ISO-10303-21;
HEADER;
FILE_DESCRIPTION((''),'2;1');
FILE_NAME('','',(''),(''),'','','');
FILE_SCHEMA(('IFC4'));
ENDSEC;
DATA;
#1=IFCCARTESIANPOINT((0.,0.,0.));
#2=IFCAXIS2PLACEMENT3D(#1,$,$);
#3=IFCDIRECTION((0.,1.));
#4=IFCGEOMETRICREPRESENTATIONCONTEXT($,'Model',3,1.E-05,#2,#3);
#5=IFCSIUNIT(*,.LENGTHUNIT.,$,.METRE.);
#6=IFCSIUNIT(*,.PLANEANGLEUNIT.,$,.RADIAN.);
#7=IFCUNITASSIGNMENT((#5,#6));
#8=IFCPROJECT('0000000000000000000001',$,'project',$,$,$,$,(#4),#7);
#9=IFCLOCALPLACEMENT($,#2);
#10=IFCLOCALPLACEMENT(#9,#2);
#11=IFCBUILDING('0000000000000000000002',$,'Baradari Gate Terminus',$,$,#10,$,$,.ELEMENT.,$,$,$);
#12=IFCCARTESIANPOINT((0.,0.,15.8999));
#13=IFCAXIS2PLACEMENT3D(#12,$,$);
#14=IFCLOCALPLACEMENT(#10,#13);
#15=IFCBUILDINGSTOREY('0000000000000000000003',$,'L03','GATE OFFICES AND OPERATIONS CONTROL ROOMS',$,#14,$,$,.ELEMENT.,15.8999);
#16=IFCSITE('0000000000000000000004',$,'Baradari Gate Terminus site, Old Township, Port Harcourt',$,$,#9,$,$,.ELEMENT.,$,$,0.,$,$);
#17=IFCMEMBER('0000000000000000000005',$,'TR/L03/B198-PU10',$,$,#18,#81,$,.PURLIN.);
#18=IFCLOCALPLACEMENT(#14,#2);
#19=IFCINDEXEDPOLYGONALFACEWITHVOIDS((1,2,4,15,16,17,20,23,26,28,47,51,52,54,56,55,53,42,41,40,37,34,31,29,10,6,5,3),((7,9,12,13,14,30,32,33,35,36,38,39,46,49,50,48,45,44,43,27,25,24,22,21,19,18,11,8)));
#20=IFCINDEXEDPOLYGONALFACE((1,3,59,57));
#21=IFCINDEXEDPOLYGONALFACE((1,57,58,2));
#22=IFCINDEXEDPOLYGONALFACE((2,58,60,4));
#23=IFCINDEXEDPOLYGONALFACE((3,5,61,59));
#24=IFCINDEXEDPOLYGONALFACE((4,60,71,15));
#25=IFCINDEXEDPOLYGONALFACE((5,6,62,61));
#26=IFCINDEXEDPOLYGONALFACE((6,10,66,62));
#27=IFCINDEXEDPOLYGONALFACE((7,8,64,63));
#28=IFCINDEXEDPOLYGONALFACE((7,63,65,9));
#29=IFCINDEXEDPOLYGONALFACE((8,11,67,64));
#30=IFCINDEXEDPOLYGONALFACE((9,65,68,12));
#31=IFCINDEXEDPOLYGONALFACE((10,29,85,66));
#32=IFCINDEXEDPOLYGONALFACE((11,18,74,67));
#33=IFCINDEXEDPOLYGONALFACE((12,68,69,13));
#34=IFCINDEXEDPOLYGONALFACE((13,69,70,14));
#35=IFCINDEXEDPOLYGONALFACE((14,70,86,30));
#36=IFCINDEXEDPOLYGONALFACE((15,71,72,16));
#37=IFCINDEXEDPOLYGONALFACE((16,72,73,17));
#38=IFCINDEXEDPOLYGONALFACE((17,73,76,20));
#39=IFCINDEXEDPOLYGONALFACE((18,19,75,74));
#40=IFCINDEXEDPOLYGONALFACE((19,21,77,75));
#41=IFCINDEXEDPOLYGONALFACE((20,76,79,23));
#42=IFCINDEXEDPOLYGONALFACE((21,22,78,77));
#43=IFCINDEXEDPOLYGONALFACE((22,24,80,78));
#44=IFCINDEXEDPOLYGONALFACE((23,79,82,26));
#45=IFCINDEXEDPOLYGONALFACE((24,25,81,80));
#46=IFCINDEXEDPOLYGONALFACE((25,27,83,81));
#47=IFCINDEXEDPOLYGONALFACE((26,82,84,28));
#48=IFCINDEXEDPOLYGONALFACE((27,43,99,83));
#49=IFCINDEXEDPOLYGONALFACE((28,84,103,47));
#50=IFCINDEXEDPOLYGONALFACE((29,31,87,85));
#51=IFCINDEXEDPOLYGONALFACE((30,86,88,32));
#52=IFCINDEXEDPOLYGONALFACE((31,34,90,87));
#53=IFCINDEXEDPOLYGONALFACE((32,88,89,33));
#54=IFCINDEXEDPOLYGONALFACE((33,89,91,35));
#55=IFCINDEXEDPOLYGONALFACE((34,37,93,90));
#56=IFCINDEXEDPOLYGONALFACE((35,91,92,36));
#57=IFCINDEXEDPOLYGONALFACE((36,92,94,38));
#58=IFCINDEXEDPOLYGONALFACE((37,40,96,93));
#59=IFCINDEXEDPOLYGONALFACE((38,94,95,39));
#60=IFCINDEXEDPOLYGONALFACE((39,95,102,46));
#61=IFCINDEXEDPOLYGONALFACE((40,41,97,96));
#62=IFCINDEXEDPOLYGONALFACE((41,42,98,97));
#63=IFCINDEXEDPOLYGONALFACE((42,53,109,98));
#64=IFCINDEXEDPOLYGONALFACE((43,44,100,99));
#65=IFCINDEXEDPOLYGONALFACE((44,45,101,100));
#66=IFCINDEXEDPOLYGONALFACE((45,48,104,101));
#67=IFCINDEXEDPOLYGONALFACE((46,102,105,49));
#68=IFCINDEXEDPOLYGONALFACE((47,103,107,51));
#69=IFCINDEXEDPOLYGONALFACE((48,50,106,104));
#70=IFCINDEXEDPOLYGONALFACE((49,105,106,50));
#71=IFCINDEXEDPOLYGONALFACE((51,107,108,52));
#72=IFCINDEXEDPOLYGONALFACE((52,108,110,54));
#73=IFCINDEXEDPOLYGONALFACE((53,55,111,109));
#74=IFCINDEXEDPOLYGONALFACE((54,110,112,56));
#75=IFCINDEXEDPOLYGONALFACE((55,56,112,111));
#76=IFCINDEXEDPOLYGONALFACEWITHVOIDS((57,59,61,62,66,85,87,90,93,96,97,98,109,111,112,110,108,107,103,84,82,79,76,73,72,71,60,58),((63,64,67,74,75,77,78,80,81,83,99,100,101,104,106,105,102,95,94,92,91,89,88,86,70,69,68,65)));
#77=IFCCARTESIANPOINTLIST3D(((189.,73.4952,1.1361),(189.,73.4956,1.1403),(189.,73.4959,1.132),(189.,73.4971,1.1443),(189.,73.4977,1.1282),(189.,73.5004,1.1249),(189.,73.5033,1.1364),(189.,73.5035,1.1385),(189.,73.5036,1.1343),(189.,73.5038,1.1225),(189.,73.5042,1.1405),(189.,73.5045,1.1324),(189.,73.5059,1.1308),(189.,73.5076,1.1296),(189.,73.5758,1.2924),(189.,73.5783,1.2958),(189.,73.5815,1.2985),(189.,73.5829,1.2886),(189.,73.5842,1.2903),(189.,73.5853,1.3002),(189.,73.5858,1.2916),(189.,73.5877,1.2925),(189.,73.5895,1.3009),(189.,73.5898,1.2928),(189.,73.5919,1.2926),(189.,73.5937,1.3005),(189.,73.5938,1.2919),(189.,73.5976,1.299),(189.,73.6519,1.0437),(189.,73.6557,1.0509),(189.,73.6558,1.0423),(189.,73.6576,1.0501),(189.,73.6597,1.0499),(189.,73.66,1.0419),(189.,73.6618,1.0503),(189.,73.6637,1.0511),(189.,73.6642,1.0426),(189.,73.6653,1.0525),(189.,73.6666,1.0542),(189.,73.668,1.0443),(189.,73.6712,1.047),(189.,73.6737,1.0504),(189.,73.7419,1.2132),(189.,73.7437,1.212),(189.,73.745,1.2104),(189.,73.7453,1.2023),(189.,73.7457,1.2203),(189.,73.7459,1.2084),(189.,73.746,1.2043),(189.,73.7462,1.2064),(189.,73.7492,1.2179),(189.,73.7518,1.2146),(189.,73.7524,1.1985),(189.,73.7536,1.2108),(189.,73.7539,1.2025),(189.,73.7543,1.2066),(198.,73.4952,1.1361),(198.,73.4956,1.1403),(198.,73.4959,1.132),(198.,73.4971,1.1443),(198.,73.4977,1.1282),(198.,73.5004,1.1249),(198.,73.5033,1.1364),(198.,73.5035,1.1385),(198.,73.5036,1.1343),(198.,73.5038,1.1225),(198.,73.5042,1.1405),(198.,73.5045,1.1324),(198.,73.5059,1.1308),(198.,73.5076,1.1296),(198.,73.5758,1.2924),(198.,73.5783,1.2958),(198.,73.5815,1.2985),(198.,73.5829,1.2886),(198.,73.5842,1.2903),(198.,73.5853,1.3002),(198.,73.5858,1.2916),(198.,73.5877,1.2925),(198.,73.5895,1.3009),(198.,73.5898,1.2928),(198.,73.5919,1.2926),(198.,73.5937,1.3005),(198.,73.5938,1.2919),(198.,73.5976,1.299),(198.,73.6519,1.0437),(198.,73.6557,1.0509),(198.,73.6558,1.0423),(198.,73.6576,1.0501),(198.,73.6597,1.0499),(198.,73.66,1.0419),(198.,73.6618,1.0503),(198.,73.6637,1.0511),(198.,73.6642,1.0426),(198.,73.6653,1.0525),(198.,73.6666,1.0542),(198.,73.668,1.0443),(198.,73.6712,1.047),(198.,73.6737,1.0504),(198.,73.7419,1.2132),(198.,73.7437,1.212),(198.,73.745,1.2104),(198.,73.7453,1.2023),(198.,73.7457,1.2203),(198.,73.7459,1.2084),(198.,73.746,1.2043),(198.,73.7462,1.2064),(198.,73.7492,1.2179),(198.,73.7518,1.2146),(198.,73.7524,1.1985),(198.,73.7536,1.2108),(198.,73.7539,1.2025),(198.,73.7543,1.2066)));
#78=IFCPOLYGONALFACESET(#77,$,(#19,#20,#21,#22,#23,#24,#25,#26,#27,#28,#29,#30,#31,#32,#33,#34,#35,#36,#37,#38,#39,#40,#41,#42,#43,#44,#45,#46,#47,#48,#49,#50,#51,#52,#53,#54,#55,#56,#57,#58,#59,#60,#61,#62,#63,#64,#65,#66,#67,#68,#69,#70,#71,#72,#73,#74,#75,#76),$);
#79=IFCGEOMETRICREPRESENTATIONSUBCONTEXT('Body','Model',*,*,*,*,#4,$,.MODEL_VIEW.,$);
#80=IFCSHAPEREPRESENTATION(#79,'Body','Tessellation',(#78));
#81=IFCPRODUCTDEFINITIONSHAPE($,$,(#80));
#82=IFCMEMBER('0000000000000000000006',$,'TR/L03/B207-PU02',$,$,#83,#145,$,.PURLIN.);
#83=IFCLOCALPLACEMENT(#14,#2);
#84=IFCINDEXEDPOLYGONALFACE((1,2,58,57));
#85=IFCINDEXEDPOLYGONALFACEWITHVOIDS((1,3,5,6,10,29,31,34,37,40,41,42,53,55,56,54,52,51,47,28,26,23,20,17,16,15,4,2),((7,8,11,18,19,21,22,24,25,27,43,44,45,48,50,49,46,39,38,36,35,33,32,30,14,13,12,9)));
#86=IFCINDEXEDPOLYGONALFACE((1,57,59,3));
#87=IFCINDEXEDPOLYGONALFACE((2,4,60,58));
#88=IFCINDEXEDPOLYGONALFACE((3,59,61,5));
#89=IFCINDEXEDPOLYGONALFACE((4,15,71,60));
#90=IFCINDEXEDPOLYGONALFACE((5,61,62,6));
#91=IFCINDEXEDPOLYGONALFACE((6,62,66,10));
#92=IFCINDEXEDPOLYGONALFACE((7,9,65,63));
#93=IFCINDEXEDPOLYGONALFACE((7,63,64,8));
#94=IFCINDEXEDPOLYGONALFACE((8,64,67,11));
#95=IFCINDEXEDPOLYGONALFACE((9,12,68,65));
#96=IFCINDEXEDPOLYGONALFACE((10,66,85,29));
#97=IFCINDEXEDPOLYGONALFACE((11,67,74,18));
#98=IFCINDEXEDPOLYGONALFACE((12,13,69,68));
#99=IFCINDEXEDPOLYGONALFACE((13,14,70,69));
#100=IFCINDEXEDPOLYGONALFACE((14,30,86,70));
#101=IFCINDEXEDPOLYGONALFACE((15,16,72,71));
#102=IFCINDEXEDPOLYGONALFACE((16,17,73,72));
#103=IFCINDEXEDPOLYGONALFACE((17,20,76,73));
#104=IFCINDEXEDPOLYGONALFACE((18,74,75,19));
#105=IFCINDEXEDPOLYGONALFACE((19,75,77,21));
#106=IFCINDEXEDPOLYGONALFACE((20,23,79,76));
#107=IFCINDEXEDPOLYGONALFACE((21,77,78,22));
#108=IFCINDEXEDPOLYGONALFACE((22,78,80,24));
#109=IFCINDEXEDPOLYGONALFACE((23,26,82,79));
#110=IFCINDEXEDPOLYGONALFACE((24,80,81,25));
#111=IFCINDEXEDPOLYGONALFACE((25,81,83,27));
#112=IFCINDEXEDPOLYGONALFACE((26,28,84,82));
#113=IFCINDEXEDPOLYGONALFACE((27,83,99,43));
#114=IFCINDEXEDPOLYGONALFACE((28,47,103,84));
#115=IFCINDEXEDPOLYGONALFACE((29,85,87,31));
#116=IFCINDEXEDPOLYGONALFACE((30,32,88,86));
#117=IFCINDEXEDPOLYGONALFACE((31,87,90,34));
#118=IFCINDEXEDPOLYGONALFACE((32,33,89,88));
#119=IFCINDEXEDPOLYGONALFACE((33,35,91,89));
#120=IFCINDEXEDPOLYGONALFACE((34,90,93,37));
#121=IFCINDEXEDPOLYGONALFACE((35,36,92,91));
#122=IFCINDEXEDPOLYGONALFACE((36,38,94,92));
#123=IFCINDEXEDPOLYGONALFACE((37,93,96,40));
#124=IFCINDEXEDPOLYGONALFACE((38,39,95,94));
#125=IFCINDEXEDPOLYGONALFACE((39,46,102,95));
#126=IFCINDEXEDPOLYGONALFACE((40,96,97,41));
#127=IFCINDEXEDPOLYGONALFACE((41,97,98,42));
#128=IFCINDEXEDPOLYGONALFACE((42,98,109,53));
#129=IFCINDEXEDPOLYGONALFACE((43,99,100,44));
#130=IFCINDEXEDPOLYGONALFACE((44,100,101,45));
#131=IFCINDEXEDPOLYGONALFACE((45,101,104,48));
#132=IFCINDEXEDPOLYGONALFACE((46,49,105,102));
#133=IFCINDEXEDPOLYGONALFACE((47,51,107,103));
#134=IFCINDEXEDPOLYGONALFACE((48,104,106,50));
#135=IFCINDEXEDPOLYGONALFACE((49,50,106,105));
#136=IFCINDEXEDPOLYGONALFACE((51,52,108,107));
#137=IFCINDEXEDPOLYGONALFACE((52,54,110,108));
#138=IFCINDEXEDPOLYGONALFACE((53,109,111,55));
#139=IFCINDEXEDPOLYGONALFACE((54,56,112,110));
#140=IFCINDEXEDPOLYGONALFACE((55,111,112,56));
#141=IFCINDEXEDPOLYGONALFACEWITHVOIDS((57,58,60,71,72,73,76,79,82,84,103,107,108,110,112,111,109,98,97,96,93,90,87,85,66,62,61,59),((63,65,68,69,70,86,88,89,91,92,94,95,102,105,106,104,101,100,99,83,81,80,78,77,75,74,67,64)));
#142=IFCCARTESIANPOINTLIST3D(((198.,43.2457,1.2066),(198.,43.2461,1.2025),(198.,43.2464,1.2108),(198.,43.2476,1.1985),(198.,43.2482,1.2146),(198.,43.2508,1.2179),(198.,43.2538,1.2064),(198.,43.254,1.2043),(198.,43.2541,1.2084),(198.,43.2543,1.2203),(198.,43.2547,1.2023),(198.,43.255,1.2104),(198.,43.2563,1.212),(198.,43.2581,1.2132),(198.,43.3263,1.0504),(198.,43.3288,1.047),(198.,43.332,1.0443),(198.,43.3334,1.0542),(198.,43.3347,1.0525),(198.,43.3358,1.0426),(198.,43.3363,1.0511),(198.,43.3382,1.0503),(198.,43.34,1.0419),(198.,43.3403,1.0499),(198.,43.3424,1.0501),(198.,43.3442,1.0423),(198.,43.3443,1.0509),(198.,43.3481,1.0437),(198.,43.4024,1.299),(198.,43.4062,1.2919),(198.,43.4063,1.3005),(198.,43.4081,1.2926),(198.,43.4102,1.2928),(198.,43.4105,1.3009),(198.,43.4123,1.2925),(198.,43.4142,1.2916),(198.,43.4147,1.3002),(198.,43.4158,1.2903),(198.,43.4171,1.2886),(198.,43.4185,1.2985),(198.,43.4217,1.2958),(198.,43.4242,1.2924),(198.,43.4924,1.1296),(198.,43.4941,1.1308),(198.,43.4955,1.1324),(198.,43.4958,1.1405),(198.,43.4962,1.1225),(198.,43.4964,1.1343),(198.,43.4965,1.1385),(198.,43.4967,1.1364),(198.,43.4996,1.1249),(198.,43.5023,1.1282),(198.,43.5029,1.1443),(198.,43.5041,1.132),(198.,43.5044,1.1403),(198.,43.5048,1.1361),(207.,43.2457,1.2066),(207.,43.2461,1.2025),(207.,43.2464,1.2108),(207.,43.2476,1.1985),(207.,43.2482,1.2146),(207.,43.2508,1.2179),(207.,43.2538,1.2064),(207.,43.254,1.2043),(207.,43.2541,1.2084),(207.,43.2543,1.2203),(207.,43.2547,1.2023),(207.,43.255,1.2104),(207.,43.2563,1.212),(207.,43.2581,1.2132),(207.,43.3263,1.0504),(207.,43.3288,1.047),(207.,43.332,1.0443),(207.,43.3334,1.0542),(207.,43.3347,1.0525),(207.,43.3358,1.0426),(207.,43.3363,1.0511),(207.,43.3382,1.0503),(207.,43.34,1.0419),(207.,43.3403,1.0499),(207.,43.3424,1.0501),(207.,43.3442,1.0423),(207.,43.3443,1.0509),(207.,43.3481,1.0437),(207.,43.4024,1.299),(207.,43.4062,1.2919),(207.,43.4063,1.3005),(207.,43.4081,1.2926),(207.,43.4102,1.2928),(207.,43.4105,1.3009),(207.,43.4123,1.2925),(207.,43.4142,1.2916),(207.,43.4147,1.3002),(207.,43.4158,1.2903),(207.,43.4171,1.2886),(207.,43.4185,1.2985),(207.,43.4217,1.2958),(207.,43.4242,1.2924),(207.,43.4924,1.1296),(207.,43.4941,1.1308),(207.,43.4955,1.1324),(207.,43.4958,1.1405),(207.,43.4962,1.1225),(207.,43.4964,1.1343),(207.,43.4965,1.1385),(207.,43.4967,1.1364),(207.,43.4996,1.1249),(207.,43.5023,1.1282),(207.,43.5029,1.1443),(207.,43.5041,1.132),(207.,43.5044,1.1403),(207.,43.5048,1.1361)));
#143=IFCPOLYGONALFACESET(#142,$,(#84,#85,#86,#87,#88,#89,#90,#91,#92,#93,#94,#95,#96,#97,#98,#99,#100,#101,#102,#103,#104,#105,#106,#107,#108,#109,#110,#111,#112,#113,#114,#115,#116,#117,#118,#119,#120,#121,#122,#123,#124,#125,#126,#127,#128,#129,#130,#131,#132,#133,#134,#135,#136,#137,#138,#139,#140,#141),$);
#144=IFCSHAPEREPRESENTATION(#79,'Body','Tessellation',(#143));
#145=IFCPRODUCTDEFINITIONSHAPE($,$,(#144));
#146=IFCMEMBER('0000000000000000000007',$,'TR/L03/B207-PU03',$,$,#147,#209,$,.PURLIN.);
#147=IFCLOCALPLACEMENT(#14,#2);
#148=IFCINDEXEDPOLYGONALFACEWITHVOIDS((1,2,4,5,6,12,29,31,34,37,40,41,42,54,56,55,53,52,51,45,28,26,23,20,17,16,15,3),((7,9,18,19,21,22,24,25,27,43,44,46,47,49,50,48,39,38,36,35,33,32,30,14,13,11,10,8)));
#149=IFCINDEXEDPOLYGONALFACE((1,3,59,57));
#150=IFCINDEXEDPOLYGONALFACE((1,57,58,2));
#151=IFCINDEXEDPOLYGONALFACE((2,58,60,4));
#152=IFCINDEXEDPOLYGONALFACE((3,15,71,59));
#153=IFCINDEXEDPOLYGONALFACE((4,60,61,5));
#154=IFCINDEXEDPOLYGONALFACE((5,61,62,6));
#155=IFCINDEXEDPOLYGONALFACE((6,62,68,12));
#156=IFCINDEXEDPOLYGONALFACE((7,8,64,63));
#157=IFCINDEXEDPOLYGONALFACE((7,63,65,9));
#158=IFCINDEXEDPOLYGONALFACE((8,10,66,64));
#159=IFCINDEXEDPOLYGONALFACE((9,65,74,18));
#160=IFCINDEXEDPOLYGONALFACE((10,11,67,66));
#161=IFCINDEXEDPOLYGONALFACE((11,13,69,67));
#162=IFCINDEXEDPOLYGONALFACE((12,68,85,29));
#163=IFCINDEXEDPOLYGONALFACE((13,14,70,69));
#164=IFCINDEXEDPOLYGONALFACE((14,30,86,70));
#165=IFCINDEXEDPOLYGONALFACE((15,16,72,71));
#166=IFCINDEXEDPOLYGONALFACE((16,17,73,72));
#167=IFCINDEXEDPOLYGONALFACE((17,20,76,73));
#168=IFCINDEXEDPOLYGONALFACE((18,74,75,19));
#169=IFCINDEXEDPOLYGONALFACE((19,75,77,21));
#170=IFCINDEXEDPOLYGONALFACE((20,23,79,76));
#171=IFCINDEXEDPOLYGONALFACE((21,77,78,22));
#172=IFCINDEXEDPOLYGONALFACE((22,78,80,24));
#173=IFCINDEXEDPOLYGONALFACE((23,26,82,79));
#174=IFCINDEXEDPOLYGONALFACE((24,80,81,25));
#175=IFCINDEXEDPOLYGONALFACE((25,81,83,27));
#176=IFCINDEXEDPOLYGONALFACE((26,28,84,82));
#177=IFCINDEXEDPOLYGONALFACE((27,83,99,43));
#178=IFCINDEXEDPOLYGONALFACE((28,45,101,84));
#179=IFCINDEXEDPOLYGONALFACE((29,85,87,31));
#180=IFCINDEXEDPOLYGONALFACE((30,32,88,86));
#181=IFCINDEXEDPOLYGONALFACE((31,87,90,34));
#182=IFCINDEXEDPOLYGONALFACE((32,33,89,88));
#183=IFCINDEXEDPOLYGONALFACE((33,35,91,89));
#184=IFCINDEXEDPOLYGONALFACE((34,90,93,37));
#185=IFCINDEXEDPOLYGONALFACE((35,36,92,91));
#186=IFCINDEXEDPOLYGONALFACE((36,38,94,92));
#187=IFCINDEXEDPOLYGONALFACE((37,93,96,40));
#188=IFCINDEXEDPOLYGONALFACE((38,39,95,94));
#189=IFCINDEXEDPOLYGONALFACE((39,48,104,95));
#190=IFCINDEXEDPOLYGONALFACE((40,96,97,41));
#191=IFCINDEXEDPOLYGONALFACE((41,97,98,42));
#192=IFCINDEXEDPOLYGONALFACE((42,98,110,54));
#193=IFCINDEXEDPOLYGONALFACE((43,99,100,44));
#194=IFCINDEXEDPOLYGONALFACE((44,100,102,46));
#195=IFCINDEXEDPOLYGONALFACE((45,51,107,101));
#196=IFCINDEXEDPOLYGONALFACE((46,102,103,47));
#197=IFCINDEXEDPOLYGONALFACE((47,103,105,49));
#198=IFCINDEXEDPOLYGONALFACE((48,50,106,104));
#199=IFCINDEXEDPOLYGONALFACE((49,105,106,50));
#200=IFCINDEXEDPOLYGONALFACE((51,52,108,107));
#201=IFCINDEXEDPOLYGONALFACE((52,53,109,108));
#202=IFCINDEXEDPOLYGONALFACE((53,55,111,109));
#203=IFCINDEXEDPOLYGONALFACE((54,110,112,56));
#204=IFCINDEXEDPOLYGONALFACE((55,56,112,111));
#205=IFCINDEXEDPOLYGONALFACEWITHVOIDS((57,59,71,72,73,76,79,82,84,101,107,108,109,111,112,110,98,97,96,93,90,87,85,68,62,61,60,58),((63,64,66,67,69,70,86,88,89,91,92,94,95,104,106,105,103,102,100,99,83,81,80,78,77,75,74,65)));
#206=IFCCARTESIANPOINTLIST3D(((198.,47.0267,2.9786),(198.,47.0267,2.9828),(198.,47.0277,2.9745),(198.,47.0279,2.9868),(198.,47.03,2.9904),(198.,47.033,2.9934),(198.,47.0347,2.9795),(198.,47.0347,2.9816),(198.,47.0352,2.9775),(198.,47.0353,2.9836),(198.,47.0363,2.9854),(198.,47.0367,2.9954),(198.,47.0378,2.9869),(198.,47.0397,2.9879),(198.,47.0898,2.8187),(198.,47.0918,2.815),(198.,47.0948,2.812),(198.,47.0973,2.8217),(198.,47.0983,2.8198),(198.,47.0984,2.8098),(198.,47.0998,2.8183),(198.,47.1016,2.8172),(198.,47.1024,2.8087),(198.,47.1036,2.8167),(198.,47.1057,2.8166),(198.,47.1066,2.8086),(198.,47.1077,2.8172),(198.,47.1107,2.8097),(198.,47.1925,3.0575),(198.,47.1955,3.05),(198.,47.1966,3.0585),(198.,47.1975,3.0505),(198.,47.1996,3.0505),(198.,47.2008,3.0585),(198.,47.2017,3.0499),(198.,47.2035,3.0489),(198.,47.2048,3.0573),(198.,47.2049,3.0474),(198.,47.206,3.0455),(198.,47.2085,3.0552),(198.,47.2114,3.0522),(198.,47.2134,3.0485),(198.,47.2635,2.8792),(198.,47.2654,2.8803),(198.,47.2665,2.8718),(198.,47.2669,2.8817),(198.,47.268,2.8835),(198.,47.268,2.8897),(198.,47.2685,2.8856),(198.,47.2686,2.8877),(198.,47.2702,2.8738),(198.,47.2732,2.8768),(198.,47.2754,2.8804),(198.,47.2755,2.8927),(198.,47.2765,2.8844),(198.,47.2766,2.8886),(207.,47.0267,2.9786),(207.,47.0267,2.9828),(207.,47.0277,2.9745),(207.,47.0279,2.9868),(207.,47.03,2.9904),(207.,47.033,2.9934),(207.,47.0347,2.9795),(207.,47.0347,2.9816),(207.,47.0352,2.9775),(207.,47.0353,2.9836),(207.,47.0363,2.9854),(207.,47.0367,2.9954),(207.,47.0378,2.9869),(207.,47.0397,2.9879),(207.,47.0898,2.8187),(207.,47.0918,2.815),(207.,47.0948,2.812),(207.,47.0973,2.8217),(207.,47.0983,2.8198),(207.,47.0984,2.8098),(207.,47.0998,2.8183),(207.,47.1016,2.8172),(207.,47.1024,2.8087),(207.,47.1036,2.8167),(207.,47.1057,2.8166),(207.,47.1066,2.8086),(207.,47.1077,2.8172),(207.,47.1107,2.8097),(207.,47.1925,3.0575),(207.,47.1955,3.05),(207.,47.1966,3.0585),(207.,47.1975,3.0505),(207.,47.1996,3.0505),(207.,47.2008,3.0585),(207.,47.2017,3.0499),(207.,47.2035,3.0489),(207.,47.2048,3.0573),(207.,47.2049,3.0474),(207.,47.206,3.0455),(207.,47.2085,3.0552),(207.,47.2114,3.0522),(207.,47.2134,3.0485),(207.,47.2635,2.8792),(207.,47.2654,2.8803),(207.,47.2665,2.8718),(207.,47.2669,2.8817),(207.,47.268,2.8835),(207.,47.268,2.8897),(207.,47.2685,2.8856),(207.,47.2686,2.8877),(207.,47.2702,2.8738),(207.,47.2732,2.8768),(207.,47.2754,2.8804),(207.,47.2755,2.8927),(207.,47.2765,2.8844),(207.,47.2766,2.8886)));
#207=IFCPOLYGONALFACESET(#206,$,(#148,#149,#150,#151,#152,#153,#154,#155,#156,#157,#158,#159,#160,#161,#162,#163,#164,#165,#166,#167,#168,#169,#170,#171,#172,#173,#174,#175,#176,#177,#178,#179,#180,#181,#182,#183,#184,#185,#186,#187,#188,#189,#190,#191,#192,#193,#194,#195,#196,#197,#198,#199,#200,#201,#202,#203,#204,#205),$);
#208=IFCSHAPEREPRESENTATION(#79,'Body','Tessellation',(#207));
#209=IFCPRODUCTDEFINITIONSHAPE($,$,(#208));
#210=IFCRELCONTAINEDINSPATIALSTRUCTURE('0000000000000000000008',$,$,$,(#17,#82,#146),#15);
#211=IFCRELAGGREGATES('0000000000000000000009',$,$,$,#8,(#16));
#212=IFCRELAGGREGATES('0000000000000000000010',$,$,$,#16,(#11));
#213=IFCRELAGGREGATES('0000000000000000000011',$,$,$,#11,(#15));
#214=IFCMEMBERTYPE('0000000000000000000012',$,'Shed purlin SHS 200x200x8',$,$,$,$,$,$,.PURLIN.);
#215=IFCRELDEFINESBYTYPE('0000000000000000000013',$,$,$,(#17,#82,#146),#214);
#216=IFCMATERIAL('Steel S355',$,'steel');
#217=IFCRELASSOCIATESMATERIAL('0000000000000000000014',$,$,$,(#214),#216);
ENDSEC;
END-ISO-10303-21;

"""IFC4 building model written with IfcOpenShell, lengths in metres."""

from ifc_helpers import new_model, si_unit, direction, frame, origin, origin_2d, place, context, subcontext, project, spatial, hollow_rectangle, extrude, material, material_profile, profile_set, type_object, element, save


model = new_model("IFC4")

# Units and contexts
model_context = context("Model", 3, precision=1e-05, world=origin(), true_north=direction((0.0, 1.0)))
body_context = subcontext(model_context, "Body", "Model", "MODEL_VIEW")
ifc_project = project(units=[si_unit("LENGTHUNIT", "METRE"), si_unit("PLANEANGLEUNIT", "RADIAN")], contexts=[model_context])

# Site, building, storey
site_placement = place(None, origin())
site = spatial("IfcSite", under=ifc_project, at=site_placement, Name="Baradari Gate Terminus site, Old Township, Port Harcourt", CompositionType="ELEMENT", RefElevation=0.0)
building_placement = place(site_placement, origin())
building = spatial("IfcBuilding", under=site, at=building_placement, Name="Baradari Gate Terminus", CompositionType="ELEMENT")
storey_placement = place(building_placement, frame((0.0, 0.0, 15.8999)))
storey = spatial("IfcBuildingStorey", under=building, at=storey_placement, Name="L03", Description="GATE OFFICES AND OPERATIONS CONTROL ROOMS", CompositionType="ELEMENT", Elevation=15.8999)

# Members
ifc_material_1 = material(Name="Steel S355", Category="steel")
ifc_material_profile_1 = material_profile(ifc_material_1, hollow_rectangle(XDim=0.2, YDim=0.2, WallThickness=0.0081, InnerFilletRadius=0.0081, OuterFilletRadius=0.0161, at=origin_2d()), Name="SHS 200x200x8")
ifc_profile_set_1 = profile_set([ifc_material_profile_1], Name="Steel S355")
member_type_1 = type_object("IfcMemberType", Name="Shed purlin SHS 200x200x8", PredefinedType="PURLIN", material=ifc_profile_set_1)
for number, where, z_axis, x_axis, name in (
    (1, (189.0, 73.6248, 1.1714), (1.0, 0.0, 0.0), (0.0, 0.883027, -0.469322), "TR/L03/B198-PU10"),
    (2, (198.0, 43.3752, 1.1714), (1.0, 0.0, 0.0), (0.0, 0.883027, 0.469322), "TR/L03/B207-PU02"),
    (3, (198.0, 47.1516, 2.9336), (1.0, 0.0, 0.0), (0.0, 0.928965, 0.370167), "TR/L03/B207-PU03"),
):
    element("IfcMember", number, at=place(storey_placement, frame(where, z_axis=z_axis, x_axis=x_axis)), inside=storey, type_object=member_type_1, Name=name, PredefinedType="PURLIN", context=body_context, shape_type="SweptSolid", body=[
        extrude(hollow_rectangle(XDim=0.2, YDim=0.2, WallThickness=0.0081, InnerFilletRadius=0.0081, OuterFilletRadius=0.0161, at=origin_2d()), origin(), (0.0, 0.0, 1.0), 9.0),
    ])

save(model, "model.ifc")
